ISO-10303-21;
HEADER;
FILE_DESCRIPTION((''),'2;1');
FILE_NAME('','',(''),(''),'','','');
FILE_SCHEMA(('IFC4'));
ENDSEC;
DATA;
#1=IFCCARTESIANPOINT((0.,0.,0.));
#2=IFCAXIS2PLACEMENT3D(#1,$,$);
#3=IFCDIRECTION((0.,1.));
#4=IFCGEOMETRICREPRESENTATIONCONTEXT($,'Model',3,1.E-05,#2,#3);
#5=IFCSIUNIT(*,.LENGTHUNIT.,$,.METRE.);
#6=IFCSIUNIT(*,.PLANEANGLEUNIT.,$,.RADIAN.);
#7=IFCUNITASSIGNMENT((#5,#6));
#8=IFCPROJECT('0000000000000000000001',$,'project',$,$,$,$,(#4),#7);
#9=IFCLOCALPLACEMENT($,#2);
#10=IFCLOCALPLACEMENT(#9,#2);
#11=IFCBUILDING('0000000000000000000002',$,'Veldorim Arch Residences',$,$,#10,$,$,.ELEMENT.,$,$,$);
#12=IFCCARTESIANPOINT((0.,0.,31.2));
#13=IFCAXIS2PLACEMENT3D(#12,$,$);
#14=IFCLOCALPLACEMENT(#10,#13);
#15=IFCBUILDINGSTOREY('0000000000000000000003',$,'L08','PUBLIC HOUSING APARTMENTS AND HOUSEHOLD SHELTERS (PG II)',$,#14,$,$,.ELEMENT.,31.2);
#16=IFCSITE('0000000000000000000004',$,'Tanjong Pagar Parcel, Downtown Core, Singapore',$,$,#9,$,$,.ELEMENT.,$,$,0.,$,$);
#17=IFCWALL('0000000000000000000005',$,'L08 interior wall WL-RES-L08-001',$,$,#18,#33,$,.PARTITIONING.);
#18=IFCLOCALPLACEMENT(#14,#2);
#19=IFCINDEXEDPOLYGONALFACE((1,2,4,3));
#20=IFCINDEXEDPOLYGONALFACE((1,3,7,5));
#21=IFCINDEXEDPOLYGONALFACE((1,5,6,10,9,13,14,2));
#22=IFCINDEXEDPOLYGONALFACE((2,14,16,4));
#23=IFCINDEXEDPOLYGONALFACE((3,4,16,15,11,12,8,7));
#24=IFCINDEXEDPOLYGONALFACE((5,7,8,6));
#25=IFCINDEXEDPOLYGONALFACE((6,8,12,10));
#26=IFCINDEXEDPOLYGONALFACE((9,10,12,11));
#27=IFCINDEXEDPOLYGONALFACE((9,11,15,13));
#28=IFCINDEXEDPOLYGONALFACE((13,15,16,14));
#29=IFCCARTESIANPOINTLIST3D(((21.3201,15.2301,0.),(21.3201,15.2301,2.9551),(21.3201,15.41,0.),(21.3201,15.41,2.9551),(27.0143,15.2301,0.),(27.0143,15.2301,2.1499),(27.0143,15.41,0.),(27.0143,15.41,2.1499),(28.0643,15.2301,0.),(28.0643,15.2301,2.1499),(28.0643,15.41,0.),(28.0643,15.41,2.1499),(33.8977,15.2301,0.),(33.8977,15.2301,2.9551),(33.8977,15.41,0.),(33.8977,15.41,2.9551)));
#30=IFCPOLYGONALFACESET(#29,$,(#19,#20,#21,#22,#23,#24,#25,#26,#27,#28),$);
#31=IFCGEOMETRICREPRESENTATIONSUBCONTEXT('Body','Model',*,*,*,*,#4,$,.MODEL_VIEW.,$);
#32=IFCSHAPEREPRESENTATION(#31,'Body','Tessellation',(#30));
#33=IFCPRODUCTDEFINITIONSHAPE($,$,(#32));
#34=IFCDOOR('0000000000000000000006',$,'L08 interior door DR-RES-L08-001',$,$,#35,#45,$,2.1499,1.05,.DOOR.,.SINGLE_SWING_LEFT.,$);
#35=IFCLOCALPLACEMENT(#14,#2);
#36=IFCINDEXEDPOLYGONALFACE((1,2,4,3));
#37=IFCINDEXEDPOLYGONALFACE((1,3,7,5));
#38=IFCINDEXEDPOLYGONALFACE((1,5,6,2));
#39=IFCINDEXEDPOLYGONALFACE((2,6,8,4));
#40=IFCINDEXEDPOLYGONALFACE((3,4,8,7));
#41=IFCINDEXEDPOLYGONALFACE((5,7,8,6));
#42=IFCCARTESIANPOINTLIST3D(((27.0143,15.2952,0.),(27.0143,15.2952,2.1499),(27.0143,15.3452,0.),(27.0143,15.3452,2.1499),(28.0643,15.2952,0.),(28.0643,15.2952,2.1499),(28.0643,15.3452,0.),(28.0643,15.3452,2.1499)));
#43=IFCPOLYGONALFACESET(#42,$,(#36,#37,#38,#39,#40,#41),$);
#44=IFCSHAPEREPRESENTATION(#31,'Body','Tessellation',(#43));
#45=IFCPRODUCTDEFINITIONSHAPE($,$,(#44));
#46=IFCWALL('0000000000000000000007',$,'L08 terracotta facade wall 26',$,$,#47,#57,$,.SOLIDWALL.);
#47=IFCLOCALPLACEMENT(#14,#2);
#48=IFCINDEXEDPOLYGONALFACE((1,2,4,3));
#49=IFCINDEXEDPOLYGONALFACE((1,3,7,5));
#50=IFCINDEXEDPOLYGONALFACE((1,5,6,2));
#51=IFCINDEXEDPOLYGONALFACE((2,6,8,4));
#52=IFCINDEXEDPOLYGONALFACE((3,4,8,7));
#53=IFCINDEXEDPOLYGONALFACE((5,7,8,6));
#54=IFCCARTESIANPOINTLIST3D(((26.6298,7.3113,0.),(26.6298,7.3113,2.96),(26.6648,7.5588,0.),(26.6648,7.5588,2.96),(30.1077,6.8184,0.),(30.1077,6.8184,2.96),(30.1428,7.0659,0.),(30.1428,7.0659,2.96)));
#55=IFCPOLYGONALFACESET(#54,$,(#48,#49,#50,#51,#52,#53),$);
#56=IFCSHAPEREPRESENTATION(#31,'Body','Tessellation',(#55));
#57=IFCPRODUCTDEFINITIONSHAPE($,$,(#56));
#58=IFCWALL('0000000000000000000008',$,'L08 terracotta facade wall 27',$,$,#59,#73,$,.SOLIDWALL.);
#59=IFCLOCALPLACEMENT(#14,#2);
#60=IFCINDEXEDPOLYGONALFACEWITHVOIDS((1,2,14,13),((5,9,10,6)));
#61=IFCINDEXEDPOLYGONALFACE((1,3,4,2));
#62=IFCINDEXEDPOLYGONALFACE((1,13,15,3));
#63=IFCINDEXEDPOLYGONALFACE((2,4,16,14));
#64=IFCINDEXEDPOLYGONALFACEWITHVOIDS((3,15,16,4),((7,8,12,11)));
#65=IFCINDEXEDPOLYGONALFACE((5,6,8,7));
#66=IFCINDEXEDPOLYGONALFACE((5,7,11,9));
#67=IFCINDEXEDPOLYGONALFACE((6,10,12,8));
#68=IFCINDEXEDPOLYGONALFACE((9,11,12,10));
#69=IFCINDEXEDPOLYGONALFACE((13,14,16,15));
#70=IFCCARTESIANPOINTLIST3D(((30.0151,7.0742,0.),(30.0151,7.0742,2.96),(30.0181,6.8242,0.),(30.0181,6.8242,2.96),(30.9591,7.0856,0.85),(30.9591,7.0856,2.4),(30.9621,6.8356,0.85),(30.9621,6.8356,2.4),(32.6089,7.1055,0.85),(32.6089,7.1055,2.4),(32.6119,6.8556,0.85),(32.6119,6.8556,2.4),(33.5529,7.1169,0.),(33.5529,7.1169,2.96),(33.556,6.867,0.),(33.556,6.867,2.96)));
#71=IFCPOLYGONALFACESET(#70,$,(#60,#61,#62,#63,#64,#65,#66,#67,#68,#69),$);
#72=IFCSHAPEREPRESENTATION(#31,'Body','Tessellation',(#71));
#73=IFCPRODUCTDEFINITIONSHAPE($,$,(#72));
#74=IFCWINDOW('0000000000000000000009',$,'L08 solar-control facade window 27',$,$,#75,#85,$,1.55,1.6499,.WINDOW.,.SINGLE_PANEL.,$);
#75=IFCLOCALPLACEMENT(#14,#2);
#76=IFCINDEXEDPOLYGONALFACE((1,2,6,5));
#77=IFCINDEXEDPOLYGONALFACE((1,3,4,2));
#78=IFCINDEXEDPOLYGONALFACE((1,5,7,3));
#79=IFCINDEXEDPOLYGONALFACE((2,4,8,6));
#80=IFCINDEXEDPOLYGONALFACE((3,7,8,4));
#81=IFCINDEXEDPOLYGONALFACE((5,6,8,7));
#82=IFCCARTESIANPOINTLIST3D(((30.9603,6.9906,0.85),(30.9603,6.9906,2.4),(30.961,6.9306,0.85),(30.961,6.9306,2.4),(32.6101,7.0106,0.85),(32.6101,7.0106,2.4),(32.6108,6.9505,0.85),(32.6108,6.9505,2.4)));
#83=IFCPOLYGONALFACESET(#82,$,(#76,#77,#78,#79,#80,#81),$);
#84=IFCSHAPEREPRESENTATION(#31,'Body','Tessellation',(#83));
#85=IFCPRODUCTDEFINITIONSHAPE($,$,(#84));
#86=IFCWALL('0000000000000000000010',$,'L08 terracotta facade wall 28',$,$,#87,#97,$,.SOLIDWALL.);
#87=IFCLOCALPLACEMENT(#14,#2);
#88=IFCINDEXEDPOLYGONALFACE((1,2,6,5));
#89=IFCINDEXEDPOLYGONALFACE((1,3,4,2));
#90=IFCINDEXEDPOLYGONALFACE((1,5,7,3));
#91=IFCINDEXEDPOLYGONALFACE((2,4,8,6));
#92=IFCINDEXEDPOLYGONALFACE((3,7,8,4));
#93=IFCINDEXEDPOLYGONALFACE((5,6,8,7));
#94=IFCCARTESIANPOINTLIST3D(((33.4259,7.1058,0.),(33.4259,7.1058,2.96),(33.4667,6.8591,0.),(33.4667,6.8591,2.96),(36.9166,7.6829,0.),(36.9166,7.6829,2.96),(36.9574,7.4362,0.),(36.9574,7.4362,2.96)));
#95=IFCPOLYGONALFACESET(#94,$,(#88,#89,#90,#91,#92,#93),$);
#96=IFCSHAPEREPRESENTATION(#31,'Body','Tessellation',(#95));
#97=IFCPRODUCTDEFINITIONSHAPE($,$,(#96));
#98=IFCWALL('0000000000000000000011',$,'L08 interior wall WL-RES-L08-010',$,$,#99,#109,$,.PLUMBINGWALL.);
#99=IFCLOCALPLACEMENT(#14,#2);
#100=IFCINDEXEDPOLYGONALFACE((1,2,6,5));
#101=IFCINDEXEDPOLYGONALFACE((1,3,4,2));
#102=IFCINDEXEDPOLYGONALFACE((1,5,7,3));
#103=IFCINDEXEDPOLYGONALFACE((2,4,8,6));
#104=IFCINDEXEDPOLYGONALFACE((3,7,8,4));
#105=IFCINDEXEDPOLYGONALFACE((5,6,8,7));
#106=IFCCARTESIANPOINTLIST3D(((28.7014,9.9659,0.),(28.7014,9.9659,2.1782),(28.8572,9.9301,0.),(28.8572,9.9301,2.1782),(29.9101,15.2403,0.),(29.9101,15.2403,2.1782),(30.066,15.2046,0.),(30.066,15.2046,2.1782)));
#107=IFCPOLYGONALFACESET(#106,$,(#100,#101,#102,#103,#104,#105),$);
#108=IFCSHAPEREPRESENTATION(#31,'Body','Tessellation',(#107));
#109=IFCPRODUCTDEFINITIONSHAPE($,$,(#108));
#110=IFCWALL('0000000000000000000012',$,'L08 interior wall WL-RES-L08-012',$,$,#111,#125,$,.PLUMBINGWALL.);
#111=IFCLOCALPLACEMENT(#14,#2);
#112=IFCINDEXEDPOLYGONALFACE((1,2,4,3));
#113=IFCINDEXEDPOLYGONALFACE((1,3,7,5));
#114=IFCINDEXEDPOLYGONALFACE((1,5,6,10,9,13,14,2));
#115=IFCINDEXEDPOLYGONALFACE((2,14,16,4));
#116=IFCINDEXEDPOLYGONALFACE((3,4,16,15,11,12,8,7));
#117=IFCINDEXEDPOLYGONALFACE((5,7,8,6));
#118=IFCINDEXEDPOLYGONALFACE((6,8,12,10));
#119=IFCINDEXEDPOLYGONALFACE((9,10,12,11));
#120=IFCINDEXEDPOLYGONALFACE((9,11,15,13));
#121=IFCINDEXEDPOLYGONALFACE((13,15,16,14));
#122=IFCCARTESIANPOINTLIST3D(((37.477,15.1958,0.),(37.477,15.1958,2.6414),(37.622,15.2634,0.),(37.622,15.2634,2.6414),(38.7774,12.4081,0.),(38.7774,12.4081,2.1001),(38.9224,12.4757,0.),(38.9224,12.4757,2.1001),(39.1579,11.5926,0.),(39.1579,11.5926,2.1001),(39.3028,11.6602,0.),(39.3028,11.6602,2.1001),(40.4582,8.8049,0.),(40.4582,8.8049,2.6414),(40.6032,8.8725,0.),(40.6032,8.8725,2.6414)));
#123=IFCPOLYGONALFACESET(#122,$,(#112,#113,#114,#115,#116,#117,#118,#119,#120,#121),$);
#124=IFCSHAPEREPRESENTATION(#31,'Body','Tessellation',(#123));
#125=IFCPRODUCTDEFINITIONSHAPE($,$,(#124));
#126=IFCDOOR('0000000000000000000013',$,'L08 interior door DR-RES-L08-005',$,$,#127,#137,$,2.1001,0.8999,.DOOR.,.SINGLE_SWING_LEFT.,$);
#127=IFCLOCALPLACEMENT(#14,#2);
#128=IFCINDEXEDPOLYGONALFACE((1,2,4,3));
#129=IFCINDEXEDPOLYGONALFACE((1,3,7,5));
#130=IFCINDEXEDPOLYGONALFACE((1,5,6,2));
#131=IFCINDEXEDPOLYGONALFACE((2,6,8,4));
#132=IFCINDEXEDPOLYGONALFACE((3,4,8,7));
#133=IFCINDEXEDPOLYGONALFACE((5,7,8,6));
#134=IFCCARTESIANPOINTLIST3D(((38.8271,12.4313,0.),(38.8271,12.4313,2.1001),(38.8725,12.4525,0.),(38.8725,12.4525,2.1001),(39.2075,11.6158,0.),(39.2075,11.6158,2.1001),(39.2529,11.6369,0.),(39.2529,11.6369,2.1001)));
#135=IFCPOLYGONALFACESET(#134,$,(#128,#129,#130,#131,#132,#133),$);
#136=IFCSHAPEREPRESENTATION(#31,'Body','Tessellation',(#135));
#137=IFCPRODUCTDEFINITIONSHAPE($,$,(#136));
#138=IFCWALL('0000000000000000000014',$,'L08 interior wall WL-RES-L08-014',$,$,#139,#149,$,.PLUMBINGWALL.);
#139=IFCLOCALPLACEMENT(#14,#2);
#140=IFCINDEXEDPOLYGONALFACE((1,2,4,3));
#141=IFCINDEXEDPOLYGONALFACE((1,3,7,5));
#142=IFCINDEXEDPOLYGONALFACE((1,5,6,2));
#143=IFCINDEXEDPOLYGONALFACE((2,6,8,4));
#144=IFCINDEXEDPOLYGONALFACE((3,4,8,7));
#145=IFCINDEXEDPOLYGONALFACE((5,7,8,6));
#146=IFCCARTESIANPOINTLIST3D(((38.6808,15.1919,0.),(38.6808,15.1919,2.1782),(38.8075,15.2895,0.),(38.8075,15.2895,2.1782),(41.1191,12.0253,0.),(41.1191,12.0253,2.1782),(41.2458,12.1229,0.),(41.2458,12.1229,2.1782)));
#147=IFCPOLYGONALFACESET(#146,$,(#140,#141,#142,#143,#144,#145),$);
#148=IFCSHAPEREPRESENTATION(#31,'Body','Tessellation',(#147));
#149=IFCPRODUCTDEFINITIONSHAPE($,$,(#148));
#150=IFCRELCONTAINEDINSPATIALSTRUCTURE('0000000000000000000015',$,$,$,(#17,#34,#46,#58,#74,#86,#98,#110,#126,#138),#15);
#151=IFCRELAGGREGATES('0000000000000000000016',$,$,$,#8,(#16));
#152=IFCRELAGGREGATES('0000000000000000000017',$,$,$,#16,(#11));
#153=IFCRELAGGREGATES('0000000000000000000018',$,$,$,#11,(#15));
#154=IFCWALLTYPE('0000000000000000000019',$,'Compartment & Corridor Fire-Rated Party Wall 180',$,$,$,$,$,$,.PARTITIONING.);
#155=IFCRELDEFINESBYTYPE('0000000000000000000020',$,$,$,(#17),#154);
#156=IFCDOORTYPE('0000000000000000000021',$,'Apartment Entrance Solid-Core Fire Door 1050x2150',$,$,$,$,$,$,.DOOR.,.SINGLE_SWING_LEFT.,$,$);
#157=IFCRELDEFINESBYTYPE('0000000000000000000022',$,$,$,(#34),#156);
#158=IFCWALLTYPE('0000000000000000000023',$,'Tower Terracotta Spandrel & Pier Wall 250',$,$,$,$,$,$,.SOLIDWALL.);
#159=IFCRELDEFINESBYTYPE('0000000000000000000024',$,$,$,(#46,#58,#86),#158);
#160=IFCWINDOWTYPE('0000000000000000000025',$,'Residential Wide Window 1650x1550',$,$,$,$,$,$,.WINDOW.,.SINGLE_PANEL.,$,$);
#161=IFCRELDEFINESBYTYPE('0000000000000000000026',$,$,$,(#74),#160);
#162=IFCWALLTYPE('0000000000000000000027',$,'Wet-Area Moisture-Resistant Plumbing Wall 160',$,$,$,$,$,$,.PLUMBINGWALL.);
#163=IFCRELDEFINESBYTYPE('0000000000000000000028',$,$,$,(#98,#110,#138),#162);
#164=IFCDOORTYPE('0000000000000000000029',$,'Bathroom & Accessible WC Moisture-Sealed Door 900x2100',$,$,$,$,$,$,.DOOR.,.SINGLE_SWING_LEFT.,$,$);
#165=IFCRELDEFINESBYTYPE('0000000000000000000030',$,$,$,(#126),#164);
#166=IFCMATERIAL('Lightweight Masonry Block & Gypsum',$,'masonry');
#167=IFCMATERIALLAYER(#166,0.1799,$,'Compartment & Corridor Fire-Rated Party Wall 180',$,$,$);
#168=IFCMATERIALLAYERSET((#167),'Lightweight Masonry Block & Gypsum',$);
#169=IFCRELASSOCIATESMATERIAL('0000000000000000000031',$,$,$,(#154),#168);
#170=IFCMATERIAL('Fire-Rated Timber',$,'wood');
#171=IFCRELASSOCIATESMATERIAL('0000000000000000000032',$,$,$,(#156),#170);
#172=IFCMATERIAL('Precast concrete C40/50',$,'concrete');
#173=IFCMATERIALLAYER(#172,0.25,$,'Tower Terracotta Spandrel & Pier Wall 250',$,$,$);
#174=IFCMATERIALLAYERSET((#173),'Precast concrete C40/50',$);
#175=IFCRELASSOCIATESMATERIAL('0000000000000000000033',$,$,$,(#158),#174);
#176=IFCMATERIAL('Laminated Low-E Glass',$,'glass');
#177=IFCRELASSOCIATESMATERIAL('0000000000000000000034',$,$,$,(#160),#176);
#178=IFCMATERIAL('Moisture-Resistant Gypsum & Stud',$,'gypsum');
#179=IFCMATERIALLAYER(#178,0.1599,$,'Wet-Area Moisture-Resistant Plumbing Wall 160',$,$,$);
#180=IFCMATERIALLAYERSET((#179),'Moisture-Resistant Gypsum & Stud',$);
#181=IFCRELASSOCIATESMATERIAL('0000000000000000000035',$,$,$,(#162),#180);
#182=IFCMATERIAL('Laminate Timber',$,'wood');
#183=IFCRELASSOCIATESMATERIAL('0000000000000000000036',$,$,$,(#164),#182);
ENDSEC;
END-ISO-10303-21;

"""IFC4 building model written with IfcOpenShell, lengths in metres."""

from ifc_helpers import new_model, si_unit, direction, frame, frame_2d, origin, place, context, subcontext, project, spatial, rectangle, extrude, material, layer, layer_set, type_object, element, fill, save


model = new_model("IFC4")

# Units and contexts
model_context = context("Model", 3, precision=1e-05, world=origin(), true_north=direction((0.0, 1.0)))
body_context = subcontext(model_context, "Body", "Model", "MODEL_VIEW")
ifc_project = project(units=[si_unit("LENGTHUNIT", "METRE"), si_unit("PLANEANGLEUNIT", "RADIAN")], contexts=[model_context])

# Site, building, storey
site_placement = place(None, origin())
site = spatial("IfcSite", under=ifc_project, at=site_placement, Name="Tanjong Pagar Parcel, Downtown Core, Singapore", CompositionType="ELEMENT", RefElevation=0.0)
building_placement = place(site_placement, origin())
building = spatial("IfcBuilding", under=site, at=building_placement, Name="Veldorim Arch Residences", CompositionType="ELEMENT")
storey_placement = place(building_placement, frame((0.0, 0.0, 31.2)))
storey = spatial("IfcBuildingStorey", under=building, at=storey_placement, Name="L08", Description="PUBLIC HOUSING APARTMENTS AND HOUSEHOLD SHELTERS (PG II)", CompositionType="ELEMENT", Elevation=31.2)

# Shared definitions
ifc_material_1 = material(Name="Lightweight Masonry Block & Gypsum", Category="masonry")
ifc_layer_1 = layer(ifc_material_1, 0.1799, Name="Compartment & Corridor Fire-Rated Party Wall 180")
ifc_layer_set_1 = layer_set([ifc_layer_1], Name="Lightweight Masonry Block & Gypsum")
wall_type_1 = type_object("IfcWallType", Name="Compartment & Corridor Fire-Rated Party Wall 180", PredefinedType="PARTITIONING", material=ifc_layer_set_1)

# Wall, opening, door
wall_1_placement = place(storey_placement, frame((33.8977, 15.3201, 0.0), z_axis=(0.0, 0.0, 1.0), x_axis=(-1.0, 0.0, 0.0)))
wall_1 = element("IfcWall", 1, at=wall_1_placement, inside=storey, type_object=wall_type_1, Name="L08 interior wall WL-RES-L08-001", PredefinedType="PARTITIONING", context=body_context, shape_type="SweptSolid", body=[
    extrude(rectangle(XDim=12.5776, YDim=0.1799, at=frame_2d((6.2888, 0.0))), origin(), (0.0, 0.0, 1.0), 2.9551),
])
opening_1_placement = place(wall_1_placement, frame((5.8335, 0.0, 0.0)))
opening_1 = element("IfcOpeningElement", 2, at=opening_1_placement, cuts=wall_1, PredefinedType="OPENING", context=body_context, shape_type="SweptSolid", body=[
    extrude(rectangle(XDim=1.05, YDim=2.1499, at=frame_2d((0.5249, 1.075))), frame((0.0, 0.0999, 0.0), z_axis=(0.0, -1.0, 0.0), x_axis=(1.0, 0.0, 0.0)), (0.0, 0.0, 1.0), 0.2),
])
ifc_material_2 = material(Name="Fire-Rated Timber", Category="wood")
door_type_1 = type_object("IfcDoorType", Name="Apartment Entrance Solid-Core Fire Door 1050x2150", OperationType="SINGLE_SWING_LEFT", PredefinedType="DOOR", material=ifc_material_2)
door_1_placement = place(opening_1_placement, origin())
door_1 = element("IfcDoor", 3, at=door_1_placement, inside=storey, type_object=door_type_1, Name="L08 interior door DR-RES-L08-001", OperationType="SINGLE_SWING_LEFT", OverallHeight=2.1499, OverallWidth=1.05, PredefinedType="DOOR", context=body_context, shape_type="SweptSolid", body=[
    extrude(rectangle(XDim=1.05, YDim=2.1499, at=frame_2d((0.5249, 1.075))), frame((0.0, 0.0249, 0.0), z_axis=(0.0, -1.0, 0.0), x_axis=(1.0, 0.0, 0.0)), (0.0, 0.0, 1.0), 0.05),
])
fill(opening_1, door_1)

# Wall
ifc_material_3 = material(Name="Precast concrete C40/50", Category="concrete")
ifc_layer_2 = layer(ifc_material_3, 0.25, Name="Tower Terracotta Spandrel & Pier Wall 250")
ifc_layer_set_2 = layer_set([ifc_layer_2], Name="Precast concrete C40/50")
wall_type_2 = type_object("IfcWallType", Name="Tower Terracotta Spandrel & Pier Wall 250", PredefinedType="SOLIDWALL", material=ifc_layer_set_2)
wall_2_placement = place(storey_placement, frame((30.1252, 6.9421, 0.0), z_axis=(0.0, 0.0, 1.0), x_axis=(-0.990106, 0.140322, 0.0)))
element("IfcWall", 4, at=wall_2_placement, inside=storey, type_object=wall_type_2, Name="L08 terracotta facade wall 26", PredefinedType="SOLIDWALL", context=body_context, shape_type="SweptSolid", body=[
    extrude(rectangle(XDim=3.5127, YDim=0.25, at=frame_2d((1.7563, 0.0))), origin(), (0.0, 0.0, 1.0), 2.96),
])

# Wall, opening, window
wall_3_placement = place(storey_placement, frame((33.5544, 6.9919, 0.0), z_axis=(0.0, 0.0, 1.0), x_axis=(-0.999927, -0.012076, 0.0)))
wall_3 = element("IfcWall", 5, at=wall_3_placement, inside=storey, type_object=wall_type_2, Name="L08 terracotta facade wall 27", PredefinedType="SOLIDWALL", context=body_context, shape_type="SweptSolid", body=[
    extrude(rectangle(XDim=3.5381, YDim=0.25, at=frame_2d((1.769, 0.0))), origin(), (0.0, 0.0, 1.0), 2.96),
])
opening_2_placement = place(wall_3_placement, frame((0.9441, 0.0, 0.8501)))
opening_2 = element("IfcOpeningElement", 6, at=opening_2_placement, cuts=wall_3, PredefinedType="OPENING", context=body_context, shape_type="SweptSolid", body=[
    extrude(rectangle(XDim=1.6499, YDim=1.55, at=frame_2d((0.825, 0.7749))), frame((0.0, 0.135, 0.0), z_axis=(0.0, -1.0, 0.0), x_axis=(1.0, 0.0, 0.0)), (0.0, 0.0, 1.0), 0.27),
])
ifc_material_4 = material(Name="Laminated Low-E Glass", Category="glass")
window_type = type_object("IfcWindowType", Name="Residential Wide Window 1650x1550", PartitioningType="SINGLE_PANEL", PredefinedType="WINDOW", material=ifc_material_4)
window_placement = place(opening_2_placement, origin())
window = element("IfcWindow", 7, at=window_placement, inside=storey, type_object=window_type, Name="L08 solar-control facade window 27", OverallHeight=1.55, OverallWidth=1.6499, PartitioningType="SINGLE_PANEL", PredefinedType="WINDOW", context=body_context, shape_type="SweptSolid", body=[
    extrude(rectangle(XDim=1.6499, YDim=1.55, at=frame_2d((0.825, 0.7749))), frame((0.0, 0.03, 0.0), z_axis=(0.0, -1.0, 0.0), x_axis=(1.0, 0.0, 0.0)), (0.0, 0.0, 1.0), 0.0601),
])
fill(opening_2, window)

# Walls
wall_4_placement = place(storey_placement, frame((36.937, 7.5596, 0.0), z_axis=(0.0, 0.0, 1.0), x_axis=(-0.986606, -0.163123, 0.0)))
element("IfcWall", 8, at=wall_4_placement, inside=storey, type_object=wall_type_2, Name="L08 terracotta facade wall 28", PredefinedType="SOLIDWALL", context=body_context, shape_type="SweptSolid", body=[
    extrude(rectangle(XDim=3.5381, YDim=0.25, at=frame_2d((1.769, 0.0))), origin(), (0.0, 0.0, 1.0), 2.96),
])
ifc_material_5 = material(Name="Moisture-Resistant Gypsum & Stud", Category="gypsum")
ifc_layer_3 = layer(ifc_material_5, 0.1599, Name="Wet-Area Moisture-Resistant Plumbing Wall 160")
ifc_layer_set_3 = layer_set([ifc_layer_3], Name="Moisture-Resistant Gypsum & Stud")
wall_type_3 = type_object("IfcWallType", Name="Wet-Area Moisture-Resistant Plumbing Wall 160", PredefinedType="PLUMBINGWALL", material=ifc_layer_set_3)
wall_5_placement = place(storey_placement, frame((29.988, 15.2224, 0.0), z_axis=(0.0, 0.0, 1.0), x_axis=(-0.22338, -0.974731, 0.0)))
element("IfcWall", 9, at=wall_5_placement, inside=storey, type_object=wall_type_3, Name="L08 interior wall WL-RES-L08-010", PredefinedType="PLUMBINGWALL", context=body_context, shape_type="SweptSolid", body=[
    extrude(rectangle(XDim=5.4111, YDim=0.1599, at=frame_2d((2.7056, 0.0))), origin(), (0.0, 0.0, 1.0), 2.1782),
])

# Wall, opening, door
wall_6_placement = place(storey_placement, frame((37.5496, 15.2295, 0.0), z_axis=(0.0, 0.0, 1.0), x_axis=(0.422745, -0.906249, 0.0)))
wall_6 = element("IfcWall", 10, at=wall_6_placement, inside=storey, type_object=wall_type_3, Name="L08 interior wall WL-RES-L08-012", PredefinedType="PLUMBINGWALL", context=body_context, shape_type="SweptSolid", body=[
    extrude(rectangle(XDim=7.052, YDim=0.1599, at=frame_2d((3.5259, 0.0))), origin(), (0.0, 0.0, 1.0), 2.6414),
])
opening_3_placement = place(wall_6_placement, frame((3.0759, 0.0, 0.0)))
opening_3 = element("IfcOpeningElement", 11, at=opening_3_placement, cuts=wall_6, PredefinedType="OPENING", context=body_context, shape_type="SweptSolid", body=[
    extrude(rectangle(XDim=0.8999, YDim=2.1001, at=frame_2d((0.45, 1.05))), frame((0.0, 0.0898, 0.0), z_axis=(0.0, -1.0, 0.0), x_axis=(1.0, 0.0, 0.0)), (0.0, 0.0, 1.0), 0.1799),
])
ifc_material_6 = material(Name="Laminate Timber", Category="wood")
door_type_2 = type_object("IfcDoorType", Name="Bathroom & Accessible WC Moisture-Sealed Door 900x2100", OperationType="SINGLE_SWING_LEFT", PredefinedType="DOOR", material=ifc_material_6)
door_2_placement = place(opening_3_placement, origin())
door_2 = element("IfcDoor", 12, at=door_2_placement, inside=storey, type_object=door_type_2, Name="L08 interior door DR-RES-L08-005", OperationType="SINGLE_SWING_LEFT", OverallHeight=2.1001, OverallWidth=0.8999, PredefinedType="DOOR", context=body_context, shape_type="SweptSolid", body=[
    extrude(rectangle(XDim=0.8999, YDim=2.1001, at=frame_2d((0.45, 1.05))), frame((0.0, 0.0249, 0.0), z_axis=(0.0, -1.0, 0.0), x_axis=(1.0, 0.0, 0.0)), (0.0, 0.0, 1.0), 0.05),
])
fill(opening_3, door_2)

# Wall
wall_7_placement = place(storey_placement, frame((38.7441, 15.2407, 0.0), z_axis=(0.0, 0.0, 1.0), x_axis=(0.610097, -0.792326, 0.0)))
element("IfcWall", 13, at=wall_7_placement, inside=storey, type_object=wall_type_3, Name="L08 interior wall WL-RES-L08-014", PredefinedType="PLUMBINGWALL", context=body_context, shape_type="SweptSolid", body=[
    extrude(rectangle(XDim=3.9966, YDim=0.1599, at=frame_2d((1.9983, 0.0))), origin(), (0.0, 0.0, 1.0), 2.1782),
])

save(model, "model.ifc")
